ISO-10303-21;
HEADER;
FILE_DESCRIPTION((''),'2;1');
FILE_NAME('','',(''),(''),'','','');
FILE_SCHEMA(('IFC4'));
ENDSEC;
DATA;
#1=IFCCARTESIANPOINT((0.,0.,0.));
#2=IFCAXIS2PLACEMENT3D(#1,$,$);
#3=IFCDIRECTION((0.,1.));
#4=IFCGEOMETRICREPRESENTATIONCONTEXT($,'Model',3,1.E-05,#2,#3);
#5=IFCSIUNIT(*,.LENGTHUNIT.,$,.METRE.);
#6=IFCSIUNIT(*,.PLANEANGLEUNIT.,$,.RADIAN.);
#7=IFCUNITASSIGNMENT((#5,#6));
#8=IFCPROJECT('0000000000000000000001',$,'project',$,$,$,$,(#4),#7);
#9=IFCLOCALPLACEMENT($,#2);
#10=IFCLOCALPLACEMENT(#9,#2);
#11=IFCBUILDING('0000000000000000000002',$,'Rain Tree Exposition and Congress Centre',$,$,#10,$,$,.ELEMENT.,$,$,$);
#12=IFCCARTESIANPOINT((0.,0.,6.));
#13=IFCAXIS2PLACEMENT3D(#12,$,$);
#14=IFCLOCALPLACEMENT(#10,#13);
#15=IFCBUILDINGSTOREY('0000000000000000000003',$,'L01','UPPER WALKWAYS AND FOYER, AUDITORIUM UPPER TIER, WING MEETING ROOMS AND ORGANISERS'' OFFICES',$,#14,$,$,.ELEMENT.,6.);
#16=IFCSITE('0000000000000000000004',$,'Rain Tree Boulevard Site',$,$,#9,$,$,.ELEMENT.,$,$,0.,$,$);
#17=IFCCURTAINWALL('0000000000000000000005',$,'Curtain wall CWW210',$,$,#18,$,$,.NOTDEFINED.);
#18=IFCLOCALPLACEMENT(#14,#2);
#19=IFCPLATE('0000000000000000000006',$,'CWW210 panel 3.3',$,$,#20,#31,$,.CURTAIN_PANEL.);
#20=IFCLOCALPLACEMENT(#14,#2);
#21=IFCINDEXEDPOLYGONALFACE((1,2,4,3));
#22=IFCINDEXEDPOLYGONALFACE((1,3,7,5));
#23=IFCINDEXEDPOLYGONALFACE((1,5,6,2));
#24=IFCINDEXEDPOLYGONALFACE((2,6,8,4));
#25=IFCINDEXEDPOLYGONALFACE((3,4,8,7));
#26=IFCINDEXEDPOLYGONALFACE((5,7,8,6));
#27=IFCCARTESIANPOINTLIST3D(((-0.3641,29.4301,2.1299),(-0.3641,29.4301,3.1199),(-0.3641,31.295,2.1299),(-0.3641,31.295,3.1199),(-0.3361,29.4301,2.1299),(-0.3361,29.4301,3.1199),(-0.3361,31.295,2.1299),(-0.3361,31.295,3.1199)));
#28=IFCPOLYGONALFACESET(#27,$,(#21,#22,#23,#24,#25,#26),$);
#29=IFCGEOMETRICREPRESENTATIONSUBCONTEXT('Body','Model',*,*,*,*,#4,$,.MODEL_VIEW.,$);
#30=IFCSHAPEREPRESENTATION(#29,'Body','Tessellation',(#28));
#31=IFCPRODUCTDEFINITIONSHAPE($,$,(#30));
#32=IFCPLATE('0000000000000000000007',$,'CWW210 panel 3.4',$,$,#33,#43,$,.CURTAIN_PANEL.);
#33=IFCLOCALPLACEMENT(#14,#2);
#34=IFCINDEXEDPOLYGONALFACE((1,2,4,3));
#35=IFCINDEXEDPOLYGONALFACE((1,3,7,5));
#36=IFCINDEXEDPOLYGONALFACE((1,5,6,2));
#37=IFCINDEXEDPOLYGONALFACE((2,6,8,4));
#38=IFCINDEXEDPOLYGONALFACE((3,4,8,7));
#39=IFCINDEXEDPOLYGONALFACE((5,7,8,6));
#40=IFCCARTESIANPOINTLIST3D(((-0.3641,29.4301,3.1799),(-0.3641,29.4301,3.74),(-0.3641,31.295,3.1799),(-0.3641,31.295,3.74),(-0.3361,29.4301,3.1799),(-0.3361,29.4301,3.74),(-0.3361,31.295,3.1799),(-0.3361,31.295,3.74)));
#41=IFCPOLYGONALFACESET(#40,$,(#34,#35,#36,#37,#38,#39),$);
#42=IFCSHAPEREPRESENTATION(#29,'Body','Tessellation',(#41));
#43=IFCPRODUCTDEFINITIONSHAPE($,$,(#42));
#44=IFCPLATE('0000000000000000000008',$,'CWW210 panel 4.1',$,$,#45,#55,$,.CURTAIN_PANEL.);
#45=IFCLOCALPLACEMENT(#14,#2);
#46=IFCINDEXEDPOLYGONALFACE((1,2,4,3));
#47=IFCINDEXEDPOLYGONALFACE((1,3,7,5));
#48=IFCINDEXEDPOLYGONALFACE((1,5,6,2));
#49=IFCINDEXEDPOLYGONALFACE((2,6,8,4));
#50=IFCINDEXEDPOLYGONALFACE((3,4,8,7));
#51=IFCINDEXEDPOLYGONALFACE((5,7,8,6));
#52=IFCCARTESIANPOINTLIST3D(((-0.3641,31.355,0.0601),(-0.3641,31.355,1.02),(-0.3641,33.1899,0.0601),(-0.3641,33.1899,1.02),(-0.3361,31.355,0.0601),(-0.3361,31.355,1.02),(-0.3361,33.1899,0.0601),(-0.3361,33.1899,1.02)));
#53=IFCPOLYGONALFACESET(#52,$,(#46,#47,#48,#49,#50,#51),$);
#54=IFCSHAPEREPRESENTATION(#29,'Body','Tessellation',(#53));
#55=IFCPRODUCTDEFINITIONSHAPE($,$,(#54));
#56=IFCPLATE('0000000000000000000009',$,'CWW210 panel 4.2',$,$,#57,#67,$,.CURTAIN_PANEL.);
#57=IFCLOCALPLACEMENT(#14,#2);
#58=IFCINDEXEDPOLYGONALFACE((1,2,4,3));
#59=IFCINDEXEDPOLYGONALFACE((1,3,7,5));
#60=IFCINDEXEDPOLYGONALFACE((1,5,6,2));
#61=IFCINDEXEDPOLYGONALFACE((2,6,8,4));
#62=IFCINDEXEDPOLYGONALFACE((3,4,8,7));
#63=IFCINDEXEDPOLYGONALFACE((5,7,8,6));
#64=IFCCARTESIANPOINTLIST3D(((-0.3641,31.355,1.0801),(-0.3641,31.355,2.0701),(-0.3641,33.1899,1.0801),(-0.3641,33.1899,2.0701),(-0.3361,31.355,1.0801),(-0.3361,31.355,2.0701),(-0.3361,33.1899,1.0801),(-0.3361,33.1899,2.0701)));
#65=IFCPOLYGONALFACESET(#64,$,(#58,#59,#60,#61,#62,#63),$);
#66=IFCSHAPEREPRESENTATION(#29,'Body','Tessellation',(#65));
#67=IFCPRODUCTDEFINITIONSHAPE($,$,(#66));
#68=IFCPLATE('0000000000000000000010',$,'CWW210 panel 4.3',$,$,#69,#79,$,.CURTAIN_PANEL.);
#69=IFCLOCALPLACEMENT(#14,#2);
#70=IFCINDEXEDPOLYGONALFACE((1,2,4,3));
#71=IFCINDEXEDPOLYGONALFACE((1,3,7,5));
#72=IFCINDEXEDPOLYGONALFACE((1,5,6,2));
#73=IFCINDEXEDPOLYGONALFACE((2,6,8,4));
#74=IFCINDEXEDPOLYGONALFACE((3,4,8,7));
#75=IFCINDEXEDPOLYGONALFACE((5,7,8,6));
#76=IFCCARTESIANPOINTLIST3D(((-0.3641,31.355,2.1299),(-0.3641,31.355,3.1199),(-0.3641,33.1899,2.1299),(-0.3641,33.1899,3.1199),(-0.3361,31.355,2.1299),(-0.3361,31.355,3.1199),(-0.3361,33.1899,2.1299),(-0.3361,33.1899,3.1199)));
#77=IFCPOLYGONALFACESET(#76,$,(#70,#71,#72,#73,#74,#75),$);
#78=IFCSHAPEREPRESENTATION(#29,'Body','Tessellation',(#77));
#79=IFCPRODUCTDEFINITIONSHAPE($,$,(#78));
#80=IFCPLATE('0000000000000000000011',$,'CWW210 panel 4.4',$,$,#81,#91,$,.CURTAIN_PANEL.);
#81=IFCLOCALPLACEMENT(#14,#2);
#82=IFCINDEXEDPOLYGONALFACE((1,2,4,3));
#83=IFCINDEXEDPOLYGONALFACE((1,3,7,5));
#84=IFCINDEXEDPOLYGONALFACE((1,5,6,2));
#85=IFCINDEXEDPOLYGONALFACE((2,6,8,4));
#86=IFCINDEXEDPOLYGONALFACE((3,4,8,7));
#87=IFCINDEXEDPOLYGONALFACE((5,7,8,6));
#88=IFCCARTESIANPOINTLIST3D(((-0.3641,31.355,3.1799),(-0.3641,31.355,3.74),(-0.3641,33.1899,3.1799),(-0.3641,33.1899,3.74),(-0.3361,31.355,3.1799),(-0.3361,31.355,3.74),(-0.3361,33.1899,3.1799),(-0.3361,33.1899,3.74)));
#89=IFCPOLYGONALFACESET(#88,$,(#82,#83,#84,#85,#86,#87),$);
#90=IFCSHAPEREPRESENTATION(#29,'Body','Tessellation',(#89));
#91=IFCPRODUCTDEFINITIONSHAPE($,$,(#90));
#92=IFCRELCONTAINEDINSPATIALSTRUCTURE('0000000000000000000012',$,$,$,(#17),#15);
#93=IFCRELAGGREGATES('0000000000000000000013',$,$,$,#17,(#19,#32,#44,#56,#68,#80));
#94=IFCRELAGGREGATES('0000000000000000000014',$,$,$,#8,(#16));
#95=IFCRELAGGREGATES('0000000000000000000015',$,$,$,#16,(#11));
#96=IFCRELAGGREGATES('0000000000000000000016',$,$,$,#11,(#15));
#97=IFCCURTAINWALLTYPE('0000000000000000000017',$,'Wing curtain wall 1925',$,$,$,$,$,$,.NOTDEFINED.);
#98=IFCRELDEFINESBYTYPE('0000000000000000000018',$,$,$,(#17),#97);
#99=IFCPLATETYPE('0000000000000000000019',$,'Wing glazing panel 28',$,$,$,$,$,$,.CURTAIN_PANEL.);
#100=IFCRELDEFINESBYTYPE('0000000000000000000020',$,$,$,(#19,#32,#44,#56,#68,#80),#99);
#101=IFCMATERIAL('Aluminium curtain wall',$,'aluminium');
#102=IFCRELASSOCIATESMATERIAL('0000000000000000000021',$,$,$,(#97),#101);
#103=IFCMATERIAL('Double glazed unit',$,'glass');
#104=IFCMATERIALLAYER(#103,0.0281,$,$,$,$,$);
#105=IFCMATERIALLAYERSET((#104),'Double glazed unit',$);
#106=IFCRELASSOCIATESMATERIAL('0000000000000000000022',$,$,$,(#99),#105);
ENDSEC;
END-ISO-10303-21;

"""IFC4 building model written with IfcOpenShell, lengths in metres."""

from ifc_helpers import new_model, si_unit, direction, frame, origin, origin_2d, place, context, subcontext, project, spatial, rectangle, extrude, material, layer, layer_set, type_object, element, aggregate, save


model = new_model("IFC4")

# Units and contexts
model_context = context("Model", 3, precision=1e-05, world=origin(), true_north=direction((0.0, 1.0)))
body_context = subcontext(model_context, "Body", "Model", "MODEL_VIEW")
ifc_project = project(units=[si_unit("LENGTHUNIT", "METRE"), si_unit("PLANEANGLEUNIT", "RADIAN")], contexts=[model_context])

# Site, building, storey
site_placement = place(None, origin())
site = spatial("IfcSite", under=ifc_project, at=site_placement, Name="Rain Tree Boulevard Site", CompositionType="ELEMENT", RefElevation=0.0)
building_placement = place(site_placement, origin())
building = spatial("IfcBuilding", under=site, at=building_placement, Name="Rain Tree Exposition and Congress Centre", CompositionType="ELEMENT")
storey_placement = place(building_placement, frame((0.0, 0.0, 6.0)))
storey = spatial("IfcBuildingStorey", under=building, at=storey_placement, Name="L01", Description="UPPER WALKWAYS AND FOYER, AUDITORIUM UPPER TIER, WING MEETING ROOMS AND ORGANISERS' OFFICES", CompositionType="ELEMENT", Elevation=6.0)

# Curtain wall
ifc_material_1 = material(Name="Aluminium curtain wall", Category="aluminium")
curtain_wall_type = type_object("IfcCurtainWallType", Name="Wing curtain wall 1925", PredefinedType="NOTDEFINED", material=ifc_material_1)
curtain_wall_1_placement = place(storey_placement, origin())
curtain_wall_1 = element("IfcCurtainWall", 1, at=curtain_wall_1_placement, inside=storey, type_object=curtain_wall_type, Name="Curtain wall CWW210", PredefinedType="NOTDEFINED")

# Plates
ifc_material_2 = material(Name="Double glazed unit", Category="glass")
ifc_layer = layer(ifc_material_2, 0.0281)
ifc_layer_set = layer_set([ifc_layer], Name="Double glazed unit")
plate_type = type_object("IfcPlateType", Name="Wing glazing panel 28", PredefinedType="CURTAIN_PANEL", material=ifc_layer_set)
plate_1_placement = place(storey_placement, frame((-0.3501, 30.3625, 2.1299), z_axis=(0.0, 0.0, 1.0), x_axis=(0.0, 1.0, 0.0)))
plate_1 = element("IfcPlate", 2, at=plate_1_placement, type_object=plate_type, Name="CWW210 panel 3.3", PredefinedType="CURTAIN_PANEL", context=body_context, shape_type="SweptSolid", body=[
    extrude(rectangle(XDim=1.865, YDim=0.0281, at=origin_2d()), origin(), (0.0, 0.0, 1.0), 0.99),
])
plate_2_placement = place(storey_placement, frame((-0.3501, 30.3625, 3.1799), z_axis=(0.0, 0.0, 1.0), x_axis=(0.0, 1.0, 0.0)))
plate_2 = element("IfcPlate", 3, at=plate_2_placement, type_object=plate_type, Name="CWW210 panel 3.4", PredefinedType="CURTAIN_PANEL", context=body_context, shape_type="SweptSolid", body=[
    extrude(rectangle(XDim=1.865, YDim=0.0281, at=origin_2d()), origin(), (0.0, 0.0, 1.0), 0.5601),
])
plate_3_placement = place(storey_placement, frame((-0.3501, 32.2725, 0.0601), z_axis=(0.0, 0.0, 1.0), x_axis=(0.0, 1.0, 0.0)))
plate_3 = element("IfcPlate", 4, at=plate_3_placement, type_object=plate_type, Name="CWW210 panel 4.1", PredefinedType="CURTAIN_PANEL", context=body_context, shape_type="SweptSolid", body=[
    extrude(rectangle(XDim=1.835, YDim=0.0281, at=origin_2d()), origin(), (0.0, 0.0, 1.0), 0.96),
])
plate_4_placement = place(storey_placement, frame((-0.3501, 32.2725, 1.0801), z_axis=(0.0, 0.0, 1.0), x_axis=(0.0, 1.0, 0.0)))
plate_4 = element("IfcPlate", 5, at=plate_4_placement, type_object=plate_type, Name="CWW210 panel 4.2", PredefinedType="CURTAIN_PANEL", context=body_context, shape_type="SweptSolid", body=[
    extrude(rectangle(XDim=1.835, YDim=0.0281, at=origin_2d()), origin(), (0.0, 0.0, 1.0), 0.99),
])
plate_5_placement = place(storey_placement, frame((-0.3501, 32.2725, 2.1299), z_axis=(0.0, 0.0, 1.0), x_axis=(0.0, 1.0, 0.0)))
plate_5 = element("IfcPlate", 6, at=plate_5_placement, type_object=plate_type, Name="CWW210 panel 4.3", PredefinedType="CURTAIN_PANEL", context=body_context, shape_type="SweptSolid", body=[
    extrude(rectangle(XDim=1.835, YDim=0.0281, at=origin_2d()), origin(), (0.0, 0.0, 1.0), 0.99),
])
plate_6_placement = place(storey_placement, frame((-0.3501, 32.2725, 3.1799), z_axis=(0.0, 0.0, 1.0), x_axis=(0.0, 1.0, 0.0)))
plate_6 = element("IfcPlate", 7, at=plate_6_placement, type_object=plate_type, Name="CWW210 panel 4.4", PredefinedType="CURTAIN_PANEL", context=body_context, shape_type="SweptSolid", body=[
    extrude(rectangle(XDim=1.835, YDim=0.0281, at=origin_2d()), origin(), (0.0, 0.0, 1.0), 0.5601),
])
aggregate(curtain_wall_1, [plate_1, plate_2, plate_3, plate_4, plate_5, plate_6])

save(model, "model.ifc")
